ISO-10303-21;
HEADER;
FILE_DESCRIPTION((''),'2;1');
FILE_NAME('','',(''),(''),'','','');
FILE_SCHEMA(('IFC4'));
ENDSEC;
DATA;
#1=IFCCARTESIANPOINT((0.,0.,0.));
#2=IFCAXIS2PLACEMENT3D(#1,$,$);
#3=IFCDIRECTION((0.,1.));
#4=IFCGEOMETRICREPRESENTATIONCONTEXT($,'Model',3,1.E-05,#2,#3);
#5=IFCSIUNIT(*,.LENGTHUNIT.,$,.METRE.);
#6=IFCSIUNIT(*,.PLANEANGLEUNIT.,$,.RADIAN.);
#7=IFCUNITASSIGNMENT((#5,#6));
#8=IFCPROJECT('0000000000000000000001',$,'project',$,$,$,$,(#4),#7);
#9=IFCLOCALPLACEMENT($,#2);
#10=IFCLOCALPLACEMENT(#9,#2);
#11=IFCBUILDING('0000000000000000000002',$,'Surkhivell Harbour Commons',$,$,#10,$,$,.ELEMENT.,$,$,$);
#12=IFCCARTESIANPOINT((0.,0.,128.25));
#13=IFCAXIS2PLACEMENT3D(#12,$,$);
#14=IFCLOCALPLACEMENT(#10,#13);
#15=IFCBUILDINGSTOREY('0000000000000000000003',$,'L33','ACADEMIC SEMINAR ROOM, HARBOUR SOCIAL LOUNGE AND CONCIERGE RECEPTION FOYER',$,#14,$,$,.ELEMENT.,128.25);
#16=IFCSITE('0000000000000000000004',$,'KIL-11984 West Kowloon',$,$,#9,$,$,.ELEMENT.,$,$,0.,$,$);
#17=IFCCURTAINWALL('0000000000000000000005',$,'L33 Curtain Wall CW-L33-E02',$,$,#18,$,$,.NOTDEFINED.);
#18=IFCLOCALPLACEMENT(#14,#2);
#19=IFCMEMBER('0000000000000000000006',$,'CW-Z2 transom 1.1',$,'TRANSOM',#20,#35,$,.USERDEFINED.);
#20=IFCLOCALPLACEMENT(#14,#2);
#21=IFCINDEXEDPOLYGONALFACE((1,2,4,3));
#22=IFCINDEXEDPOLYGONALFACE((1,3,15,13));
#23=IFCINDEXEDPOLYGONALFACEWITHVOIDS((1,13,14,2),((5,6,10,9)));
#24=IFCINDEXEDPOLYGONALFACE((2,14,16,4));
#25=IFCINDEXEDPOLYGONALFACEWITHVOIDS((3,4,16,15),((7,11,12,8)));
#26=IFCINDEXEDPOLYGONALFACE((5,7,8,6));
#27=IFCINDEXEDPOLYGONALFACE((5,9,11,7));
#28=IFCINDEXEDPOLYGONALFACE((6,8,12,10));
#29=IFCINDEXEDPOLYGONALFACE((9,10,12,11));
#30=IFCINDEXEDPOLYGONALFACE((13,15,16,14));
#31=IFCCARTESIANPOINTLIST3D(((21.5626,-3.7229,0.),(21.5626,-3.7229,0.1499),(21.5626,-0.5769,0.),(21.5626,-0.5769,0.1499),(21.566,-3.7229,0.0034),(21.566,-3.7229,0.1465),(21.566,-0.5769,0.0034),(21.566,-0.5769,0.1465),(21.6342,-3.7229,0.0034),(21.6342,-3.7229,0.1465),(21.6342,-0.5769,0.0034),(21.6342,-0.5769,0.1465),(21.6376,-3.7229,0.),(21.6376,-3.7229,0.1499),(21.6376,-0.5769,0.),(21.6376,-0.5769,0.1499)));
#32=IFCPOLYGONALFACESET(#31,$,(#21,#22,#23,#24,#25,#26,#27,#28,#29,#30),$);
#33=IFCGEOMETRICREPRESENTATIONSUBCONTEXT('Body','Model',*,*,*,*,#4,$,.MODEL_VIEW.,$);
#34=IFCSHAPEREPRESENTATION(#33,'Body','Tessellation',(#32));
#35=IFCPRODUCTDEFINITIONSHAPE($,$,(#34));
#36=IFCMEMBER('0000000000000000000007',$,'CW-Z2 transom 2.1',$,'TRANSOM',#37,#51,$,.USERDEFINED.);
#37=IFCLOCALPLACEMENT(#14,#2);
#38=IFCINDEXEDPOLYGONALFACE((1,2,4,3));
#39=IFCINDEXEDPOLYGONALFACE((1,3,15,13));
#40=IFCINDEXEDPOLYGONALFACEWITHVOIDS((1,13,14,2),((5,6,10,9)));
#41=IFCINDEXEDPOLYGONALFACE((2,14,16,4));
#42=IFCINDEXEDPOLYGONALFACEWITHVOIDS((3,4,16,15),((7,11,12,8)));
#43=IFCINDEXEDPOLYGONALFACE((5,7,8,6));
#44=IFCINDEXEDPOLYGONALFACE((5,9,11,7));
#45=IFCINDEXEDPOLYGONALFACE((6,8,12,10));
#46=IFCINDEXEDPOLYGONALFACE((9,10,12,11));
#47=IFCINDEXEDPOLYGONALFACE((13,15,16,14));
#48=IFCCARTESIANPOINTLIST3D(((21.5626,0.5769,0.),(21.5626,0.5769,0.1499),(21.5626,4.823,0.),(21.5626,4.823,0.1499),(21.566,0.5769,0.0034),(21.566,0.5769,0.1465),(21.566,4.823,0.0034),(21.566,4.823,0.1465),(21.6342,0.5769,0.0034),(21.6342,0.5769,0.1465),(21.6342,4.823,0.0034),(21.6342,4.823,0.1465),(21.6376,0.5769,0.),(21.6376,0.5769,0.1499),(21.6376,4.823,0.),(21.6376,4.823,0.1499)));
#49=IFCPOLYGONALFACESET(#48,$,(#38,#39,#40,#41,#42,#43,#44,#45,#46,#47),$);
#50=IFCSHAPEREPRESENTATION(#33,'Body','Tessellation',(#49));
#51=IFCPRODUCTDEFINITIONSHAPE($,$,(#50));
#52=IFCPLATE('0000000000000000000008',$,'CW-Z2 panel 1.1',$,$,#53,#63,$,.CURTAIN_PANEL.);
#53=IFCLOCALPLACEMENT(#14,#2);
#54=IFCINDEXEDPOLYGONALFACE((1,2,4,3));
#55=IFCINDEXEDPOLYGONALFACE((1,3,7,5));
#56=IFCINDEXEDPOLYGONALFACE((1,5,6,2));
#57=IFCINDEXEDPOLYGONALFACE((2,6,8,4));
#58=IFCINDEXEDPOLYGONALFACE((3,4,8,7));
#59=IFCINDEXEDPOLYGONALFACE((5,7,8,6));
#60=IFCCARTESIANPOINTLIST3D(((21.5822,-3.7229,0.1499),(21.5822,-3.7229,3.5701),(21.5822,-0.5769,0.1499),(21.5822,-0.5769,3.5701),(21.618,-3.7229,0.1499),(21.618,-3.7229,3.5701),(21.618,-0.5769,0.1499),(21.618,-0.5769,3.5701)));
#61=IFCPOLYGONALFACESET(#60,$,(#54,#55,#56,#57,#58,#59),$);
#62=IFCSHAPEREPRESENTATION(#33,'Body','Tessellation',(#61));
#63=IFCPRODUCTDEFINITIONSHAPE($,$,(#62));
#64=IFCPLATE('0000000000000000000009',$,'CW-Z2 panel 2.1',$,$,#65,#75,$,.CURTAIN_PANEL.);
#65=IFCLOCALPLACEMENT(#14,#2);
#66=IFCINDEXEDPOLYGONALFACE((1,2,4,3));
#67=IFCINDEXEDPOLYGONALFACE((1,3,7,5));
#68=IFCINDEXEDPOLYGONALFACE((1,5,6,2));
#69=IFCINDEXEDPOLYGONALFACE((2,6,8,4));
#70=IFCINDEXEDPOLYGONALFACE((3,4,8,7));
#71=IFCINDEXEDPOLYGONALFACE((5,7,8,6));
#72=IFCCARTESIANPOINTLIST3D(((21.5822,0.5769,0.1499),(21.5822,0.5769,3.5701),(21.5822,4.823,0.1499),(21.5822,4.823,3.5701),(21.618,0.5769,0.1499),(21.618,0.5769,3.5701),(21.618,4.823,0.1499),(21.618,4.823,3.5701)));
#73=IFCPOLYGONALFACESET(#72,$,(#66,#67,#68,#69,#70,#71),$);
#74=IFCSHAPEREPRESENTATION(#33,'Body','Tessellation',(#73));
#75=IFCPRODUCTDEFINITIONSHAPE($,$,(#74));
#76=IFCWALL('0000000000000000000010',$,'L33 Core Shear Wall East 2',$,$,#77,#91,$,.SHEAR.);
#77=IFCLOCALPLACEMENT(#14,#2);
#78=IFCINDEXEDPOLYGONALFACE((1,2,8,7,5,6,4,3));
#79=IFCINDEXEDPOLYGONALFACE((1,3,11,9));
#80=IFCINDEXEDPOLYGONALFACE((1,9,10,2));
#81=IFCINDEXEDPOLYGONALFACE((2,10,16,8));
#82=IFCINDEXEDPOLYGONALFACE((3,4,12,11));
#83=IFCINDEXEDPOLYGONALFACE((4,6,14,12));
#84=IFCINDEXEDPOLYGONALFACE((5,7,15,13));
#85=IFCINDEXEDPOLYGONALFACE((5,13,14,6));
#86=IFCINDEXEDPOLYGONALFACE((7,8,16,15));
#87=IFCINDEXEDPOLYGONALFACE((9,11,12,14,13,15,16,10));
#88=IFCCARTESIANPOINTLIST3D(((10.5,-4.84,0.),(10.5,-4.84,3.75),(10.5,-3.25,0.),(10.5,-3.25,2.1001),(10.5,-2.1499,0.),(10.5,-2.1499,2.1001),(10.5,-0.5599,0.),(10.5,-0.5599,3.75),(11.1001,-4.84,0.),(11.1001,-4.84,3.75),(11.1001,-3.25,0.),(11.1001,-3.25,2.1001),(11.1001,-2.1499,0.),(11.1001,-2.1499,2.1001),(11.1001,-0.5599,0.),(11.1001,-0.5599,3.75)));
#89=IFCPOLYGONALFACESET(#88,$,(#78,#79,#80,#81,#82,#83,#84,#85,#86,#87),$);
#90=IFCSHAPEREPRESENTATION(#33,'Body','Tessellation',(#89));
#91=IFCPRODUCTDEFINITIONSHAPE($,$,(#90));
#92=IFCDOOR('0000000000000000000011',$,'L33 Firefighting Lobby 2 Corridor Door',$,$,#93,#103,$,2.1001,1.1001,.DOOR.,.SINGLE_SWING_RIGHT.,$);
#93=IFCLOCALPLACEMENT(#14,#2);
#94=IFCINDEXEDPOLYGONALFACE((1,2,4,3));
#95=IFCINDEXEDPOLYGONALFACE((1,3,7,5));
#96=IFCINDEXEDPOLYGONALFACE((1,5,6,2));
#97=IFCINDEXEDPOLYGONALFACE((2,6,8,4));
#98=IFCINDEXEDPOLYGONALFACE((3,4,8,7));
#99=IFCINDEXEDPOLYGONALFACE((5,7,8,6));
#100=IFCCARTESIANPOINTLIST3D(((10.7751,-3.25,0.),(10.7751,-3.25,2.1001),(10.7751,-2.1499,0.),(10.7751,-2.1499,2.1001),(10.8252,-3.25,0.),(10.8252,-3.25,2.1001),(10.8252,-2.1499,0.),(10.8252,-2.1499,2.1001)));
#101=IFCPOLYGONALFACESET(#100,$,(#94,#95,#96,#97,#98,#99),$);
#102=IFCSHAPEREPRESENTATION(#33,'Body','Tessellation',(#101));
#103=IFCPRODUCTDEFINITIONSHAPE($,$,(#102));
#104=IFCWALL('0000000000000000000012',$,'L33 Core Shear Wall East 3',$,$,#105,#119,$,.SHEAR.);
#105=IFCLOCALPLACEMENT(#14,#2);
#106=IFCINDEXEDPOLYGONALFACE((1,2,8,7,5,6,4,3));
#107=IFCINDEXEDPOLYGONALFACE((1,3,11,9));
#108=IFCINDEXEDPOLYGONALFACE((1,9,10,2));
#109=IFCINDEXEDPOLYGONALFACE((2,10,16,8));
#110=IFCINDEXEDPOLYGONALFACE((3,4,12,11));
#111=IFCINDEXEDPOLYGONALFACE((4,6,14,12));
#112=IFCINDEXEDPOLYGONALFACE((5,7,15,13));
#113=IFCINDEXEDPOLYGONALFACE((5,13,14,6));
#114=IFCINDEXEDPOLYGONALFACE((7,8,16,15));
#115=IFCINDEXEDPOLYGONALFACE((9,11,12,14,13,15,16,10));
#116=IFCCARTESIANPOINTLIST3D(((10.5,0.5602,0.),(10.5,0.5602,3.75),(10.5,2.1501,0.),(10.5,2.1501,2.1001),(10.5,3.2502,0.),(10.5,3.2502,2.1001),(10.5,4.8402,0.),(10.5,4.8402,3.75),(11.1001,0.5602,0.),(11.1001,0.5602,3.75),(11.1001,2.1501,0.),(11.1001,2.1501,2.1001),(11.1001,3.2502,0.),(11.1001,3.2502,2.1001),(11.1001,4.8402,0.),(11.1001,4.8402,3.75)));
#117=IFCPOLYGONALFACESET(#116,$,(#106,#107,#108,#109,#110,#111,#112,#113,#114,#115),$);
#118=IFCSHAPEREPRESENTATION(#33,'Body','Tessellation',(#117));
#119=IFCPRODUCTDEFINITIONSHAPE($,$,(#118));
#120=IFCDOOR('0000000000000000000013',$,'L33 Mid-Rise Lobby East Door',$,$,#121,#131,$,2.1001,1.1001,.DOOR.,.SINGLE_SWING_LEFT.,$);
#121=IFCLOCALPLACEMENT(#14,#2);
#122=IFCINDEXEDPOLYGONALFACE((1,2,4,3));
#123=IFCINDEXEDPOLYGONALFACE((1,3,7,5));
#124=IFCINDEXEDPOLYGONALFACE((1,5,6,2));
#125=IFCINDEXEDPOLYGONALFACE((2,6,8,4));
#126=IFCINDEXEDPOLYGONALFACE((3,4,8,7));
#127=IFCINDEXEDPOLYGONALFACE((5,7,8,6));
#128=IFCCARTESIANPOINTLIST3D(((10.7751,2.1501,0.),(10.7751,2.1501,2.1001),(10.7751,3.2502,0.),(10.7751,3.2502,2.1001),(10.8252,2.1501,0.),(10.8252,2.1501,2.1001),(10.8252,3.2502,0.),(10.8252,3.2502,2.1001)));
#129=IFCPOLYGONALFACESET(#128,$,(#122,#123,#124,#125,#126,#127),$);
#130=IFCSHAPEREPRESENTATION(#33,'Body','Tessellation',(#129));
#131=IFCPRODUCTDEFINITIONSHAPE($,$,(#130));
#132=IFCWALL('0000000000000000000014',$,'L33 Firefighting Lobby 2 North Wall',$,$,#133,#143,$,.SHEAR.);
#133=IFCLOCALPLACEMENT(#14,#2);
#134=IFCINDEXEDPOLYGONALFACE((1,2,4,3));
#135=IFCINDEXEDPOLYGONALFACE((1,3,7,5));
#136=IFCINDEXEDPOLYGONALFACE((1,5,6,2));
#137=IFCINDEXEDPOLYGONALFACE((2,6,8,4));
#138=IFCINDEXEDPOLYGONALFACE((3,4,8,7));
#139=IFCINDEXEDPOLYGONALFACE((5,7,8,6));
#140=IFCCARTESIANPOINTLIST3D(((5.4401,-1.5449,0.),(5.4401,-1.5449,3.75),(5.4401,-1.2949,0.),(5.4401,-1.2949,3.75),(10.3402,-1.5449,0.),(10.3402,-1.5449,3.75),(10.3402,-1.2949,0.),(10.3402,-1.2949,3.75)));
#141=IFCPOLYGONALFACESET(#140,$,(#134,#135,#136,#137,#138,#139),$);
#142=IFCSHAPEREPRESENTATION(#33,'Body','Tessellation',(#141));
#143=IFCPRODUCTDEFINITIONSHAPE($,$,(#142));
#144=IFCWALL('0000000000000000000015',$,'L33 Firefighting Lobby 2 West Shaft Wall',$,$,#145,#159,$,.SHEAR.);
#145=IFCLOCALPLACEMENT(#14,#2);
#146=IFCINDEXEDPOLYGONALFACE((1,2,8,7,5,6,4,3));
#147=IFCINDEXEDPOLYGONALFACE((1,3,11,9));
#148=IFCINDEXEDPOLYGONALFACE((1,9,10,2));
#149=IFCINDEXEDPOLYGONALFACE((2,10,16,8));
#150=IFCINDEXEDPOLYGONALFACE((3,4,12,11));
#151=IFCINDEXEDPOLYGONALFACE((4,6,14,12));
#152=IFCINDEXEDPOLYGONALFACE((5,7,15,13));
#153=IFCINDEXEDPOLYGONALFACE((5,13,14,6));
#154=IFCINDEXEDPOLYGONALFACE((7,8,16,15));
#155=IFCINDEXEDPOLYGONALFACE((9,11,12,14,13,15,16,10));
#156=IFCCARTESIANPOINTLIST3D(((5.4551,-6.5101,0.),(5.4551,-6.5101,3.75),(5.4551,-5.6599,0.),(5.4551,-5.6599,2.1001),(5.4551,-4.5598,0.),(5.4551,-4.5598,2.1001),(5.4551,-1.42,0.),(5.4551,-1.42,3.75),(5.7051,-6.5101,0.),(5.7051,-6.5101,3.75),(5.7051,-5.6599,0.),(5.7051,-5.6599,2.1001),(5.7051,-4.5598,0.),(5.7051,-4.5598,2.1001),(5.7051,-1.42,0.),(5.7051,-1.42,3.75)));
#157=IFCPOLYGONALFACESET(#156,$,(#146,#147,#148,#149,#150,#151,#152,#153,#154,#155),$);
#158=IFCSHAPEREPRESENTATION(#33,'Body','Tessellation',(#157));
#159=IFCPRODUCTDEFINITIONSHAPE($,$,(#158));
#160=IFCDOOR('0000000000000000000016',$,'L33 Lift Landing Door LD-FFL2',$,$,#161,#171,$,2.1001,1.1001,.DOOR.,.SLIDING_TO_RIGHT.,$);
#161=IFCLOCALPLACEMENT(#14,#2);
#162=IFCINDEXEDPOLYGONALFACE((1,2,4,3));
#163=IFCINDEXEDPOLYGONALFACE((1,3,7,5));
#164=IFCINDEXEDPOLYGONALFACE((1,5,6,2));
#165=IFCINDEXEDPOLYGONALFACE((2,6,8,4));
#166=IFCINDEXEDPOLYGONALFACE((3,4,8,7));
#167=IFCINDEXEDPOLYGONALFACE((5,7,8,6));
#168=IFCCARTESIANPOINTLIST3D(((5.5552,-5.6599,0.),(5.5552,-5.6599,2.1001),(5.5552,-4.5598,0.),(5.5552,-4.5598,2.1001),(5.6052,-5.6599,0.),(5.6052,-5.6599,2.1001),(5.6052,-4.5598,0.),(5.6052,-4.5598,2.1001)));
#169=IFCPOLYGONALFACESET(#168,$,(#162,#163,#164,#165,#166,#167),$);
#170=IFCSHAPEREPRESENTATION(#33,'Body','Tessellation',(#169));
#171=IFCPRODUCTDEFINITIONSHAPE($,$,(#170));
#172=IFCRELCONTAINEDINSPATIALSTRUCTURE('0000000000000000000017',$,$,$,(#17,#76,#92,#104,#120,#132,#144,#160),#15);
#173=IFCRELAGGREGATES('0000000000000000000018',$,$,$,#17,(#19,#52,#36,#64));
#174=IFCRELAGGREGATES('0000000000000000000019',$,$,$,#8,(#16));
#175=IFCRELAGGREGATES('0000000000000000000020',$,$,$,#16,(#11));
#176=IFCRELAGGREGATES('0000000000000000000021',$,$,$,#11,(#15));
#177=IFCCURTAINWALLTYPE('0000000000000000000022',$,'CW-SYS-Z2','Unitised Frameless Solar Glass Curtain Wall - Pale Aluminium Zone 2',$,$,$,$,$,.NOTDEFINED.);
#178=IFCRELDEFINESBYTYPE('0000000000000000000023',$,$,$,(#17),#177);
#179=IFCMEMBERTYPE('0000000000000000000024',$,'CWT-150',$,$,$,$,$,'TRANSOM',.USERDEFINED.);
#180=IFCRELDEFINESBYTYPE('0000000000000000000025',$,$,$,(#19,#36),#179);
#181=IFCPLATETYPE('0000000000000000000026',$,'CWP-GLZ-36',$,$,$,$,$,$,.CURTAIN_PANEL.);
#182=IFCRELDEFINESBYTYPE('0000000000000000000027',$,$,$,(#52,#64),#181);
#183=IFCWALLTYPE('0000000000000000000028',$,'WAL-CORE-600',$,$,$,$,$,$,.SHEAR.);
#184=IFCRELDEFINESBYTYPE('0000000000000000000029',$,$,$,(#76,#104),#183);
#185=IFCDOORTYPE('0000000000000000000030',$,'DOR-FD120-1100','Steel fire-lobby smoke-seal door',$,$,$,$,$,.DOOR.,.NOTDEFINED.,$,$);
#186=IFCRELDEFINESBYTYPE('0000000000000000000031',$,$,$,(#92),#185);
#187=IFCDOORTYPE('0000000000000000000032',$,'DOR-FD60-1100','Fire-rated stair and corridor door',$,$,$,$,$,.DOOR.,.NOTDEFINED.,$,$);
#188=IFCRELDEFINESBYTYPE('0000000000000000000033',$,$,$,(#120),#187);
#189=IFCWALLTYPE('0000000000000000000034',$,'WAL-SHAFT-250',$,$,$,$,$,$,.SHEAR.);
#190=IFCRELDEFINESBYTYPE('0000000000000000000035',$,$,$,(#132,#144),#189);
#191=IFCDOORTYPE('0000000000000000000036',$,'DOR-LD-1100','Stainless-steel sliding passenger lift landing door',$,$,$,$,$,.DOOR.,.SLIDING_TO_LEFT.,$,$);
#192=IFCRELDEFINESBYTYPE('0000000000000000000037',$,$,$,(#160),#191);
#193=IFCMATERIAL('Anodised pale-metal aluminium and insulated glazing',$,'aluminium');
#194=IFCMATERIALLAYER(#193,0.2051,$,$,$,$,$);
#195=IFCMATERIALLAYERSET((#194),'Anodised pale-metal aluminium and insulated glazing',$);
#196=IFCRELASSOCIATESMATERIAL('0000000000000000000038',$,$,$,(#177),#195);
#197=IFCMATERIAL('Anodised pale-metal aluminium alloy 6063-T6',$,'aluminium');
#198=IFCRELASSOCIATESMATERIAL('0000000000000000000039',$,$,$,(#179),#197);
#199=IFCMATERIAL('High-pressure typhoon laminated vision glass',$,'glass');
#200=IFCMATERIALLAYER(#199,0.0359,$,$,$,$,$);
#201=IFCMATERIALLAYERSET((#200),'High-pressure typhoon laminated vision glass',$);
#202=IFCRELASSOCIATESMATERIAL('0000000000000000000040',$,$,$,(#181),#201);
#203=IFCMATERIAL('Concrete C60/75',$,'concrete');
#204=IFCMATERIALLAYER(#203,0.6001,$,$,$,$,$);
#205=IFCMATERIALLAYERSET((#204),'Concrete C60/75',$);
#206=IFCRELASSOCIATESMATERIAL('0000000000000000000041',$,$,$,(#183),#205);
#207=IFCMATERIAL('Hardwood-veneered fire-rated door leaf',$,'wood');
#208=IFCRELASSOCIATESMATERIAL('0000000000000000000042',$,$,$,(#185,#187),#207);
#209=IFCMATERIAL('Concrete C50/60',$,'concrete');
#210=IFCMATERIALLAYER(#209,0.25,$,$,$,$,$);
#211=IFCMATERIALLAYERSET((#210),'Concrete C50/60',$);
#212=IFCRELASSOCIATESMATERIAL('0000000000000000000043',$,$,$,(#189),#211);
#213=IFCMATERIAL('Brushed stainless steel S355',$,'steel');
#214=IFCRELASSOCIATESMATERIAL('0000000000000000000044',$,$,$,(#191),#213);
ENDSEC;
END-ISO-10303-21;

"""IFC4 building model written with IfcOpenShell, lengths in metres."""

from ifc_helpers import new_model, si_unit, direction, frame, frame_2d, origin, origin_2d, place, context, subcontext, project, spatial, rectangle, hollow_rectangle, extrude, material, layer, layer_set, material_profile, profile_set, type_object, element, fill, aggregate, save


model = new_model("IFC4")

# Units and contexts
model_context = context("Model", 3, precision=1e-05, world=origin(), true_north=direction((0.0, 1.0)))
body_context = subcontext(model_context, "Body", "Model", "MODEL_VIEW")
ifc_project = project(units=[si_unit("LENGTHUNIT", "METRE"), si_unit("PLANEANGLEUNIT", "RADIAN")], contexts=[model_context])

# Site, building, storey
site_placement = place(None, origin())
site = spatial("IfcSite", under=ifc_project, at=site_placement, Name="KIL-11984 West Kowloon", CompositionType="ELEMENT", RefElevation=0.0)
building_placement = place(site_placement, origin())
building = spatial("IfcBuilding", under=site, at=building_placement, Name="Surkhivell Harbour Commons", CompositionType="ELEMENT")
storey_placement = place(building_placement, frame((0.0, 0.0, 128.25)))
storey = spatial("IfcBuildingStorey", under=building, at=storey_placement, Name="L33", Description="ACADEMIC SEMINAR ROOM, HARBOUR SOCIAL LOUNGE AND CONCIERGE RECEPTION FOYER", CompositionType="ELEMENT", Elevation=128.25)

# Shared definitions
ifc_material_1 = material(Name="Concrete C60/75", Category="concrete")

# Shared definitions
ifc_material_2 = material(Name="Anodised pale-metal aluminium and insulated glazing", Category="aluminium")
ifc_layer_1 = layer(ifc_material_2, 0.2051)
ifc_layer_set_1 = layer_set([ifc_layer_1], Name="Anodised pale-metal aluminium and insulated glazing")
curtain_wall_type = type_object("IfcCurtainWallType", Name="CW-SYS-Z2", Description="Unitised Frameless Solar Glass Curtain Wall - Pale Aluminium Zone 2", PredefinedType="NOTDEFINED", material=ifc_layer_set_1)
ifc_material_3 = material(Name="Anodised pale-metal aluminium alloy 6063-T6", Category="aluminium")

# Curtain wall, members, plates
curtain_wall_1_placement = place(storey_placement, origin())
curtain_wall_1 = element("IfcCurtainWall", 1, at=curtain_wall_1_placement, inside=storey, type_object=curtain_wall_type, Name="L33 Curtain Wall CW-L33-E02", PredefinedType="NOTDEFINED")
ifc_material_profile_1 = material_profile(ifc_material_3, hollow_rectangle(XDim=0.075, YDim=0.1499, WallThickness=0.0034, at=origin_2d()), Name="ALU-TRAN-75x150")
ifc_profile_set_1 = profile_set([ifc_material_profile_1], Name="Anodised pale-metal aluminium alloy 6063-T6")
member_type_1 = type_object("IfcMemberType", Name="CWT-150", ElementType="TRANSOM", PredefinedType="USERDEFINED", material=ifc_profile_set_1)
member_1_placement = place(storey_placement, frame((21.6001, -3.7229, 0.075), z_axis=(0.0, 1.0, 0.0), x_axis=(-1.0, 0.0, 0.0)))
member_1 = element("IfcMember", 2, at=member_1_placement, type_object=member_type_1, Name="CW-Z2 transom 1.1", ObjectType="TRANSOM", PredefinedType="USERDEFINED", context=body_context, shape_type="SweptSolid", body=[
    extrude(hollow_rectangle(XDim=0.075, YDim=0.1499, WallThickness=0.0034, at=origin_2d()), origin(), (0.0, 0.0, 1.0), 3.146),
])
member_2_placement = place(storey_placement, frame((21.6001, 0.5769, 0.075), z_axis=(0.0, 1.0, 0.0), x_axis=(-1.0, 0.0, 0.0)))
member_2 = element("IfcMember", 3, at=member_2_placement, type_object=member_type_1, Name="CW-Z2 transom 2.1", ObjectType="TRANSOM", PredefinedType="USERDEFINED", context=body_context, shape_type="SweptSolid", body=[
    extrude(hollow_rectangle(XDim=0.075, YDim=0.1499, WallThickness=0.0034, at=origin_2d()), origin(), (0.0, 0.0, 1.0), 4.2461),
])
ifc_material_4 = material(Name="High-pressure typhoon laminated vision glass", Category="glass")
ifc_layer_2 = layer(ifc_material_4, 0.0359)
ifc_layer_set_2 = layer_set([ifc_layer_2], Name="High-pressure typhoon laminated vision glass")
plate_type = type_object("IfcPlateType", Name="CWP-GLZ-36", PredefinedType="CURTAIN_PANEL", material=ifc_layer_set_2)
plate_1_placement = place(storey_placement, frame((21.6001, -3.7229, 0.1499), z_axis=(0.0, 0.0, 1.0), x_axis=(0.0, 1.0, 0.0)))
plate_1 = element("IfcPlate", 4, at=plate_1_placement, type_object=plate_type, Name="CW-Z2 panel 1.1", PredefinedType="CURTAIN_PANEL", context=body_context, shape_type="SweptSolid", body=[
    extrude(rectangle(XDim=3.146, YDim=0.0359, at=frame_2d((1.573, 0.0))), origin(), (0.0, 0.0, 1.0), 3.4202),
])
plate_2_placement = place(storey_placement, frame((21.6001, 0.5769, 0.1499), z_axis=(0.0, 0.0, 1.0), x_axis=(0.0, 1.0, 0.0)))
plate_2 = element("IfcPlate", 5, at=plate_2_placement, type_object=plate_type, Name="CW-Z2 panel 2.1", PredefinedType="CURTAIN_PANEL", context=body_context, shape_type="SweptSolid", body=[
    extrude(rectangle(XDim=4.2461, YDim=0.0359, at=frame_2d((2.123, 0.0))), origin(), (0.0, 0.0, 1.0), 3.4202),
])
aggregate(curtain_wall_1, [member_1, plate_1, member_2, plate_2])

# Walls, openings, doors
ifc_layer_3 = layer(ifc_material_1, 0.6001)
ifc_layer_set_3 = layer_set([ifc_layer_3], Name="Concrete C60/75")
wall_type_1 = type_object("IfcWallType", Name="WAL-CORE-600", PredefinedType="SHEAR", material=ifc_layer_set_3)
wall_1_placement = place(storey_placement, frame((10.8, -4.8401, 0.0), z_axis=(0.0, 0.0, 1.0), x_axis=(0.0, 1.0, 0.0)))
wall_1 = element("IfcWall", 6, at=wall_1_placement, inside=storey, type_object=wall_type_1, Name="L33 Core Shear Wall East 2", PredefinedType="SHEAR", context=body_context, shape_type="SweptSolid", body=[
    extrude(rectangle(XDim=4.28, YDim=0.6001, at=frame_2d((2.1401, 0.0))), origin(), (0.0, 0.0, 1.0), 3.75),
])
opening_1_placement = place(wall_1_placement, frame((1.5901, 0.0, 0.0)))
opening_1 = element("IfcOpeningElement", 7, at=opening_1_placement, cuts=wall_1, PredefinedType="OPENING", context=body_context, shape_type="SweptSolid", body=[
    extrude(rectangle(XDim=1.1001, YDim=2.1001, at=frame_2d((0.55, 1.05))), frame((0.0, 0.3101, 0.0), z_axis=(0.0, -1.0, 0.0), x_axis=(1.0, 0.0, 0.0)), (0.0, 0.0, 1.0), 0.6201),
])
ifc_material_5 = material(Name="Hardwood-veneered fire-rated door leaf", Category="wood")
door_type_1 = type_object("IfcDoorType", Name="DOR-FD120-1100", Description="Steel fire-lobby smoke-seal door", OperationType="NOTDEFINED", PredefinedType="DOOR", material=ifc_material_5)
door_1_placement = place(opening_1_placement, origin())
door_1 = element("IfcDoor", 8, at=door_1_placement, inside=storey, type_object=door_type_1, Name="L33 Firefighting Lobby 2 Corridor Door", OperationType="SINGLE_SWING_RIGHT", OverallHeight=2.1001, OverallWidth=1.1001, PredefinedType="DOOR", context=body_context, shape_type="SweptSolid", body=[
    extrude(rectangle(XDim=1.1001, YDim=2.1001, at=frame_2d((0.55, 1.05))), frame((0.0, 0.0249, 0.0), z_axis=(0.0, -1.0, 0.0), x_axis=(1.0, 0.0, 0.0)), (0.0, 0.0, 1.0), 0.05),
])
fill(opening_1, door_1)
wall_2_placement = place(storey_placement, frame((10.8, 0.5601, 0.0), z_axis=(0.0, 0.0, 1.0), x_axis=(0.0, 1.0, 0.0)))
wall_2 = element("IfcWall", 9, at=wall_2_placement, inside=storey, type_object=wall_type_1, Name="L33 Core Shear Wall East 3", PredefinedType="SHEAR", context=body_context, shape_type="SweptSolid", body=[
    extrude(rectangle(XDim=4.28, YDim=0.6001, at=frame_2d((2.1401, 0.0))), origin(), (0.0, 0.0, 1.0), 3.75),
])
opening_2_placement = place(wall_2_placement, frame((1.5901, 0.0, 0.0)))
opening_2 = element("IfcOpeningElement", 10, at=opening_2_placement, cuts=wall_2, PredefinedType="OPENING", context=body_context, shape_type="SweptSolid", body=[
    extrude(rectangle(XDim=1.1001, YDim=2.1001, at=frame_2d((0.55, 1.05))), frame((0.0, 0.3101, 0.0), z_axis=(0.0, -1.0, 0.0), x_axis=(1.0, 0.0, 0.0)), (0.0, 0.0, 1.0), 0.6201),
])
door_type_2 = type_object("IfcDoorType", Name="DOR-FD60-1100", Description="Fire-rated stair and corridor door", OperationType="NOTDEFINED", PredefinedType="DOOR", material=ifc_material_5)
door_2_placement = place(opening_2_placement, origin())
door_2 = element("IfcDoor", 11, at=door_2_placement, inside=storey, type_object=door_type_2, Name="L33 Mid-Rise Lobby East Door", OperationType="SINGLE_SWING_LEFT", OverallHeight=2.1001, OverallWidth=1.1001, PredefinedType="DOOR", context=body_context, shape_type="SweptSolid", body=[
    extrude(rectangle(XDim=1.1001, YDim=2.1001, at=frame_2d((0.55, 1.05))), frame((0.0, 0.0249, 0.0), z_axis=(0.0, -1.0, 0.0), x_axis=(1.0, 0.0, 0.0)), (0.0, 0.0, 1.0), 0.05),
])
fill(opening_2, door_2)

# Wall
ifc_material_6 = material(Name="Concrete C50/60", Category="concrete")
ifc_layer_4 = layer(ifc_material_6, 0.25)
ifc_layer_set_4 = layer_set([ifc_layer_4], Name="Concrete C50/60")
wall_type_2 = type_object("IfcWallType", Name="WAL-SHAFT-250", PredefinedType="SHEAR", material=ifc_layer_set_4)
wall_3_placement = place(storey_placement, frame((5.4399, -1.4199, 0.0), z_axis=(0.0, 0.0, 1.0), x_axis=(1.0, 0.0, 0.0)))
element("IfcWall", 12, at=wall_3_placement, inside=storey, type_object=wall_type_2, Name="L33 Firefighting Lobby 2 North Wall", PredefinedType="SHEAR", context=body_context, shape_type="SweptSolid", body=[
    extrude(rectangle(XDim=4.9001, YDim=0.25, at=frame_2d((2.4502, 0.0))), origin(), (0.0, 0.0, 1.0), 3.75),
])

# Wall, opening, door
wall_4_placement = place(storey_placement, frame((5.5801, -6.51, 0.0), z_axis=(0.0, 0.0, 1.0), x_axis=(0.0, 1.0, 0.0)))
wall_4 = element("IfcWall", 13, at=wall_4_placement, inside=storey, type_object=wall_type_2, Name="L33 Firefighting Lobby 2 West Shaft Wall", PredefinedType="SHEAR", context=body_context, shape_type="SweptSolid", body=[
    extrude(rectangle(XDim=5.0901, YDim=0.25, at=frame_2d((2.5449, 0.0))), origin(), (0.0, 0.0, 1.0), 3.75),
])
opening_3_placement = place(wall_4_placement, frame((0.8501, 0.0, 0.0)))
opening_3 = element("IfcOpeningElement", 14, at=opening_3_placement, cuts=wall_4, PredefinedType="OPENING", context=body_context, shape_type="SweptSolid", body=[
    extrude(rectangle(XDim=1.1001, YDim=2.1001, at=frame_2d((0.55, 1.05))), frame((0.0, 0.135, 0.0), z_axis=(0.0, -1.0, 0.0), x_axis=(1.0, 0.0, 0.0)), (0.0, 0.0, 1.0), 0.27),
])
ifc_material_7 = material(Name="Brushed stainless steel S355", Category="steel")
door_type_3 = type_object("IfcDoorType", Name="DOR-LD-1100", Description="Stainless-steel sliding passenger lift landing door", OperationType="SLIDING_TO_LEFT", PredefinedType="DOOR", material=ifc_material_7)
door_3_placement = place(opening_3_placement, origin())
door_3 = element("IfcDoor", 15, at=door_3_placement, inside=storey, type_object=door_type_3, Name="L33 Lift Landing Door LD-FFL2", OperationType="SLIDING_TO_RIGHT", OverallHeight=2.1001, OverallWidth=1.1001, PredefinedType="DOOR", context=body_context, shape_type="SweptSolid", body=[
    extrude(rectangle(XDim=1.1001, YDim=2.1001, at=frame_2d((0.55, 1.05))), frame((0.0, 0.0249, 0.0), z_axis=(0.0, -1.0, 0.0), x_axis=(1.0, 0.0, 0.0)), (0.0, 0.0, 1.0), 0.05),
])
fill(opening_3, door_3)

save(model, "model.ifc")
